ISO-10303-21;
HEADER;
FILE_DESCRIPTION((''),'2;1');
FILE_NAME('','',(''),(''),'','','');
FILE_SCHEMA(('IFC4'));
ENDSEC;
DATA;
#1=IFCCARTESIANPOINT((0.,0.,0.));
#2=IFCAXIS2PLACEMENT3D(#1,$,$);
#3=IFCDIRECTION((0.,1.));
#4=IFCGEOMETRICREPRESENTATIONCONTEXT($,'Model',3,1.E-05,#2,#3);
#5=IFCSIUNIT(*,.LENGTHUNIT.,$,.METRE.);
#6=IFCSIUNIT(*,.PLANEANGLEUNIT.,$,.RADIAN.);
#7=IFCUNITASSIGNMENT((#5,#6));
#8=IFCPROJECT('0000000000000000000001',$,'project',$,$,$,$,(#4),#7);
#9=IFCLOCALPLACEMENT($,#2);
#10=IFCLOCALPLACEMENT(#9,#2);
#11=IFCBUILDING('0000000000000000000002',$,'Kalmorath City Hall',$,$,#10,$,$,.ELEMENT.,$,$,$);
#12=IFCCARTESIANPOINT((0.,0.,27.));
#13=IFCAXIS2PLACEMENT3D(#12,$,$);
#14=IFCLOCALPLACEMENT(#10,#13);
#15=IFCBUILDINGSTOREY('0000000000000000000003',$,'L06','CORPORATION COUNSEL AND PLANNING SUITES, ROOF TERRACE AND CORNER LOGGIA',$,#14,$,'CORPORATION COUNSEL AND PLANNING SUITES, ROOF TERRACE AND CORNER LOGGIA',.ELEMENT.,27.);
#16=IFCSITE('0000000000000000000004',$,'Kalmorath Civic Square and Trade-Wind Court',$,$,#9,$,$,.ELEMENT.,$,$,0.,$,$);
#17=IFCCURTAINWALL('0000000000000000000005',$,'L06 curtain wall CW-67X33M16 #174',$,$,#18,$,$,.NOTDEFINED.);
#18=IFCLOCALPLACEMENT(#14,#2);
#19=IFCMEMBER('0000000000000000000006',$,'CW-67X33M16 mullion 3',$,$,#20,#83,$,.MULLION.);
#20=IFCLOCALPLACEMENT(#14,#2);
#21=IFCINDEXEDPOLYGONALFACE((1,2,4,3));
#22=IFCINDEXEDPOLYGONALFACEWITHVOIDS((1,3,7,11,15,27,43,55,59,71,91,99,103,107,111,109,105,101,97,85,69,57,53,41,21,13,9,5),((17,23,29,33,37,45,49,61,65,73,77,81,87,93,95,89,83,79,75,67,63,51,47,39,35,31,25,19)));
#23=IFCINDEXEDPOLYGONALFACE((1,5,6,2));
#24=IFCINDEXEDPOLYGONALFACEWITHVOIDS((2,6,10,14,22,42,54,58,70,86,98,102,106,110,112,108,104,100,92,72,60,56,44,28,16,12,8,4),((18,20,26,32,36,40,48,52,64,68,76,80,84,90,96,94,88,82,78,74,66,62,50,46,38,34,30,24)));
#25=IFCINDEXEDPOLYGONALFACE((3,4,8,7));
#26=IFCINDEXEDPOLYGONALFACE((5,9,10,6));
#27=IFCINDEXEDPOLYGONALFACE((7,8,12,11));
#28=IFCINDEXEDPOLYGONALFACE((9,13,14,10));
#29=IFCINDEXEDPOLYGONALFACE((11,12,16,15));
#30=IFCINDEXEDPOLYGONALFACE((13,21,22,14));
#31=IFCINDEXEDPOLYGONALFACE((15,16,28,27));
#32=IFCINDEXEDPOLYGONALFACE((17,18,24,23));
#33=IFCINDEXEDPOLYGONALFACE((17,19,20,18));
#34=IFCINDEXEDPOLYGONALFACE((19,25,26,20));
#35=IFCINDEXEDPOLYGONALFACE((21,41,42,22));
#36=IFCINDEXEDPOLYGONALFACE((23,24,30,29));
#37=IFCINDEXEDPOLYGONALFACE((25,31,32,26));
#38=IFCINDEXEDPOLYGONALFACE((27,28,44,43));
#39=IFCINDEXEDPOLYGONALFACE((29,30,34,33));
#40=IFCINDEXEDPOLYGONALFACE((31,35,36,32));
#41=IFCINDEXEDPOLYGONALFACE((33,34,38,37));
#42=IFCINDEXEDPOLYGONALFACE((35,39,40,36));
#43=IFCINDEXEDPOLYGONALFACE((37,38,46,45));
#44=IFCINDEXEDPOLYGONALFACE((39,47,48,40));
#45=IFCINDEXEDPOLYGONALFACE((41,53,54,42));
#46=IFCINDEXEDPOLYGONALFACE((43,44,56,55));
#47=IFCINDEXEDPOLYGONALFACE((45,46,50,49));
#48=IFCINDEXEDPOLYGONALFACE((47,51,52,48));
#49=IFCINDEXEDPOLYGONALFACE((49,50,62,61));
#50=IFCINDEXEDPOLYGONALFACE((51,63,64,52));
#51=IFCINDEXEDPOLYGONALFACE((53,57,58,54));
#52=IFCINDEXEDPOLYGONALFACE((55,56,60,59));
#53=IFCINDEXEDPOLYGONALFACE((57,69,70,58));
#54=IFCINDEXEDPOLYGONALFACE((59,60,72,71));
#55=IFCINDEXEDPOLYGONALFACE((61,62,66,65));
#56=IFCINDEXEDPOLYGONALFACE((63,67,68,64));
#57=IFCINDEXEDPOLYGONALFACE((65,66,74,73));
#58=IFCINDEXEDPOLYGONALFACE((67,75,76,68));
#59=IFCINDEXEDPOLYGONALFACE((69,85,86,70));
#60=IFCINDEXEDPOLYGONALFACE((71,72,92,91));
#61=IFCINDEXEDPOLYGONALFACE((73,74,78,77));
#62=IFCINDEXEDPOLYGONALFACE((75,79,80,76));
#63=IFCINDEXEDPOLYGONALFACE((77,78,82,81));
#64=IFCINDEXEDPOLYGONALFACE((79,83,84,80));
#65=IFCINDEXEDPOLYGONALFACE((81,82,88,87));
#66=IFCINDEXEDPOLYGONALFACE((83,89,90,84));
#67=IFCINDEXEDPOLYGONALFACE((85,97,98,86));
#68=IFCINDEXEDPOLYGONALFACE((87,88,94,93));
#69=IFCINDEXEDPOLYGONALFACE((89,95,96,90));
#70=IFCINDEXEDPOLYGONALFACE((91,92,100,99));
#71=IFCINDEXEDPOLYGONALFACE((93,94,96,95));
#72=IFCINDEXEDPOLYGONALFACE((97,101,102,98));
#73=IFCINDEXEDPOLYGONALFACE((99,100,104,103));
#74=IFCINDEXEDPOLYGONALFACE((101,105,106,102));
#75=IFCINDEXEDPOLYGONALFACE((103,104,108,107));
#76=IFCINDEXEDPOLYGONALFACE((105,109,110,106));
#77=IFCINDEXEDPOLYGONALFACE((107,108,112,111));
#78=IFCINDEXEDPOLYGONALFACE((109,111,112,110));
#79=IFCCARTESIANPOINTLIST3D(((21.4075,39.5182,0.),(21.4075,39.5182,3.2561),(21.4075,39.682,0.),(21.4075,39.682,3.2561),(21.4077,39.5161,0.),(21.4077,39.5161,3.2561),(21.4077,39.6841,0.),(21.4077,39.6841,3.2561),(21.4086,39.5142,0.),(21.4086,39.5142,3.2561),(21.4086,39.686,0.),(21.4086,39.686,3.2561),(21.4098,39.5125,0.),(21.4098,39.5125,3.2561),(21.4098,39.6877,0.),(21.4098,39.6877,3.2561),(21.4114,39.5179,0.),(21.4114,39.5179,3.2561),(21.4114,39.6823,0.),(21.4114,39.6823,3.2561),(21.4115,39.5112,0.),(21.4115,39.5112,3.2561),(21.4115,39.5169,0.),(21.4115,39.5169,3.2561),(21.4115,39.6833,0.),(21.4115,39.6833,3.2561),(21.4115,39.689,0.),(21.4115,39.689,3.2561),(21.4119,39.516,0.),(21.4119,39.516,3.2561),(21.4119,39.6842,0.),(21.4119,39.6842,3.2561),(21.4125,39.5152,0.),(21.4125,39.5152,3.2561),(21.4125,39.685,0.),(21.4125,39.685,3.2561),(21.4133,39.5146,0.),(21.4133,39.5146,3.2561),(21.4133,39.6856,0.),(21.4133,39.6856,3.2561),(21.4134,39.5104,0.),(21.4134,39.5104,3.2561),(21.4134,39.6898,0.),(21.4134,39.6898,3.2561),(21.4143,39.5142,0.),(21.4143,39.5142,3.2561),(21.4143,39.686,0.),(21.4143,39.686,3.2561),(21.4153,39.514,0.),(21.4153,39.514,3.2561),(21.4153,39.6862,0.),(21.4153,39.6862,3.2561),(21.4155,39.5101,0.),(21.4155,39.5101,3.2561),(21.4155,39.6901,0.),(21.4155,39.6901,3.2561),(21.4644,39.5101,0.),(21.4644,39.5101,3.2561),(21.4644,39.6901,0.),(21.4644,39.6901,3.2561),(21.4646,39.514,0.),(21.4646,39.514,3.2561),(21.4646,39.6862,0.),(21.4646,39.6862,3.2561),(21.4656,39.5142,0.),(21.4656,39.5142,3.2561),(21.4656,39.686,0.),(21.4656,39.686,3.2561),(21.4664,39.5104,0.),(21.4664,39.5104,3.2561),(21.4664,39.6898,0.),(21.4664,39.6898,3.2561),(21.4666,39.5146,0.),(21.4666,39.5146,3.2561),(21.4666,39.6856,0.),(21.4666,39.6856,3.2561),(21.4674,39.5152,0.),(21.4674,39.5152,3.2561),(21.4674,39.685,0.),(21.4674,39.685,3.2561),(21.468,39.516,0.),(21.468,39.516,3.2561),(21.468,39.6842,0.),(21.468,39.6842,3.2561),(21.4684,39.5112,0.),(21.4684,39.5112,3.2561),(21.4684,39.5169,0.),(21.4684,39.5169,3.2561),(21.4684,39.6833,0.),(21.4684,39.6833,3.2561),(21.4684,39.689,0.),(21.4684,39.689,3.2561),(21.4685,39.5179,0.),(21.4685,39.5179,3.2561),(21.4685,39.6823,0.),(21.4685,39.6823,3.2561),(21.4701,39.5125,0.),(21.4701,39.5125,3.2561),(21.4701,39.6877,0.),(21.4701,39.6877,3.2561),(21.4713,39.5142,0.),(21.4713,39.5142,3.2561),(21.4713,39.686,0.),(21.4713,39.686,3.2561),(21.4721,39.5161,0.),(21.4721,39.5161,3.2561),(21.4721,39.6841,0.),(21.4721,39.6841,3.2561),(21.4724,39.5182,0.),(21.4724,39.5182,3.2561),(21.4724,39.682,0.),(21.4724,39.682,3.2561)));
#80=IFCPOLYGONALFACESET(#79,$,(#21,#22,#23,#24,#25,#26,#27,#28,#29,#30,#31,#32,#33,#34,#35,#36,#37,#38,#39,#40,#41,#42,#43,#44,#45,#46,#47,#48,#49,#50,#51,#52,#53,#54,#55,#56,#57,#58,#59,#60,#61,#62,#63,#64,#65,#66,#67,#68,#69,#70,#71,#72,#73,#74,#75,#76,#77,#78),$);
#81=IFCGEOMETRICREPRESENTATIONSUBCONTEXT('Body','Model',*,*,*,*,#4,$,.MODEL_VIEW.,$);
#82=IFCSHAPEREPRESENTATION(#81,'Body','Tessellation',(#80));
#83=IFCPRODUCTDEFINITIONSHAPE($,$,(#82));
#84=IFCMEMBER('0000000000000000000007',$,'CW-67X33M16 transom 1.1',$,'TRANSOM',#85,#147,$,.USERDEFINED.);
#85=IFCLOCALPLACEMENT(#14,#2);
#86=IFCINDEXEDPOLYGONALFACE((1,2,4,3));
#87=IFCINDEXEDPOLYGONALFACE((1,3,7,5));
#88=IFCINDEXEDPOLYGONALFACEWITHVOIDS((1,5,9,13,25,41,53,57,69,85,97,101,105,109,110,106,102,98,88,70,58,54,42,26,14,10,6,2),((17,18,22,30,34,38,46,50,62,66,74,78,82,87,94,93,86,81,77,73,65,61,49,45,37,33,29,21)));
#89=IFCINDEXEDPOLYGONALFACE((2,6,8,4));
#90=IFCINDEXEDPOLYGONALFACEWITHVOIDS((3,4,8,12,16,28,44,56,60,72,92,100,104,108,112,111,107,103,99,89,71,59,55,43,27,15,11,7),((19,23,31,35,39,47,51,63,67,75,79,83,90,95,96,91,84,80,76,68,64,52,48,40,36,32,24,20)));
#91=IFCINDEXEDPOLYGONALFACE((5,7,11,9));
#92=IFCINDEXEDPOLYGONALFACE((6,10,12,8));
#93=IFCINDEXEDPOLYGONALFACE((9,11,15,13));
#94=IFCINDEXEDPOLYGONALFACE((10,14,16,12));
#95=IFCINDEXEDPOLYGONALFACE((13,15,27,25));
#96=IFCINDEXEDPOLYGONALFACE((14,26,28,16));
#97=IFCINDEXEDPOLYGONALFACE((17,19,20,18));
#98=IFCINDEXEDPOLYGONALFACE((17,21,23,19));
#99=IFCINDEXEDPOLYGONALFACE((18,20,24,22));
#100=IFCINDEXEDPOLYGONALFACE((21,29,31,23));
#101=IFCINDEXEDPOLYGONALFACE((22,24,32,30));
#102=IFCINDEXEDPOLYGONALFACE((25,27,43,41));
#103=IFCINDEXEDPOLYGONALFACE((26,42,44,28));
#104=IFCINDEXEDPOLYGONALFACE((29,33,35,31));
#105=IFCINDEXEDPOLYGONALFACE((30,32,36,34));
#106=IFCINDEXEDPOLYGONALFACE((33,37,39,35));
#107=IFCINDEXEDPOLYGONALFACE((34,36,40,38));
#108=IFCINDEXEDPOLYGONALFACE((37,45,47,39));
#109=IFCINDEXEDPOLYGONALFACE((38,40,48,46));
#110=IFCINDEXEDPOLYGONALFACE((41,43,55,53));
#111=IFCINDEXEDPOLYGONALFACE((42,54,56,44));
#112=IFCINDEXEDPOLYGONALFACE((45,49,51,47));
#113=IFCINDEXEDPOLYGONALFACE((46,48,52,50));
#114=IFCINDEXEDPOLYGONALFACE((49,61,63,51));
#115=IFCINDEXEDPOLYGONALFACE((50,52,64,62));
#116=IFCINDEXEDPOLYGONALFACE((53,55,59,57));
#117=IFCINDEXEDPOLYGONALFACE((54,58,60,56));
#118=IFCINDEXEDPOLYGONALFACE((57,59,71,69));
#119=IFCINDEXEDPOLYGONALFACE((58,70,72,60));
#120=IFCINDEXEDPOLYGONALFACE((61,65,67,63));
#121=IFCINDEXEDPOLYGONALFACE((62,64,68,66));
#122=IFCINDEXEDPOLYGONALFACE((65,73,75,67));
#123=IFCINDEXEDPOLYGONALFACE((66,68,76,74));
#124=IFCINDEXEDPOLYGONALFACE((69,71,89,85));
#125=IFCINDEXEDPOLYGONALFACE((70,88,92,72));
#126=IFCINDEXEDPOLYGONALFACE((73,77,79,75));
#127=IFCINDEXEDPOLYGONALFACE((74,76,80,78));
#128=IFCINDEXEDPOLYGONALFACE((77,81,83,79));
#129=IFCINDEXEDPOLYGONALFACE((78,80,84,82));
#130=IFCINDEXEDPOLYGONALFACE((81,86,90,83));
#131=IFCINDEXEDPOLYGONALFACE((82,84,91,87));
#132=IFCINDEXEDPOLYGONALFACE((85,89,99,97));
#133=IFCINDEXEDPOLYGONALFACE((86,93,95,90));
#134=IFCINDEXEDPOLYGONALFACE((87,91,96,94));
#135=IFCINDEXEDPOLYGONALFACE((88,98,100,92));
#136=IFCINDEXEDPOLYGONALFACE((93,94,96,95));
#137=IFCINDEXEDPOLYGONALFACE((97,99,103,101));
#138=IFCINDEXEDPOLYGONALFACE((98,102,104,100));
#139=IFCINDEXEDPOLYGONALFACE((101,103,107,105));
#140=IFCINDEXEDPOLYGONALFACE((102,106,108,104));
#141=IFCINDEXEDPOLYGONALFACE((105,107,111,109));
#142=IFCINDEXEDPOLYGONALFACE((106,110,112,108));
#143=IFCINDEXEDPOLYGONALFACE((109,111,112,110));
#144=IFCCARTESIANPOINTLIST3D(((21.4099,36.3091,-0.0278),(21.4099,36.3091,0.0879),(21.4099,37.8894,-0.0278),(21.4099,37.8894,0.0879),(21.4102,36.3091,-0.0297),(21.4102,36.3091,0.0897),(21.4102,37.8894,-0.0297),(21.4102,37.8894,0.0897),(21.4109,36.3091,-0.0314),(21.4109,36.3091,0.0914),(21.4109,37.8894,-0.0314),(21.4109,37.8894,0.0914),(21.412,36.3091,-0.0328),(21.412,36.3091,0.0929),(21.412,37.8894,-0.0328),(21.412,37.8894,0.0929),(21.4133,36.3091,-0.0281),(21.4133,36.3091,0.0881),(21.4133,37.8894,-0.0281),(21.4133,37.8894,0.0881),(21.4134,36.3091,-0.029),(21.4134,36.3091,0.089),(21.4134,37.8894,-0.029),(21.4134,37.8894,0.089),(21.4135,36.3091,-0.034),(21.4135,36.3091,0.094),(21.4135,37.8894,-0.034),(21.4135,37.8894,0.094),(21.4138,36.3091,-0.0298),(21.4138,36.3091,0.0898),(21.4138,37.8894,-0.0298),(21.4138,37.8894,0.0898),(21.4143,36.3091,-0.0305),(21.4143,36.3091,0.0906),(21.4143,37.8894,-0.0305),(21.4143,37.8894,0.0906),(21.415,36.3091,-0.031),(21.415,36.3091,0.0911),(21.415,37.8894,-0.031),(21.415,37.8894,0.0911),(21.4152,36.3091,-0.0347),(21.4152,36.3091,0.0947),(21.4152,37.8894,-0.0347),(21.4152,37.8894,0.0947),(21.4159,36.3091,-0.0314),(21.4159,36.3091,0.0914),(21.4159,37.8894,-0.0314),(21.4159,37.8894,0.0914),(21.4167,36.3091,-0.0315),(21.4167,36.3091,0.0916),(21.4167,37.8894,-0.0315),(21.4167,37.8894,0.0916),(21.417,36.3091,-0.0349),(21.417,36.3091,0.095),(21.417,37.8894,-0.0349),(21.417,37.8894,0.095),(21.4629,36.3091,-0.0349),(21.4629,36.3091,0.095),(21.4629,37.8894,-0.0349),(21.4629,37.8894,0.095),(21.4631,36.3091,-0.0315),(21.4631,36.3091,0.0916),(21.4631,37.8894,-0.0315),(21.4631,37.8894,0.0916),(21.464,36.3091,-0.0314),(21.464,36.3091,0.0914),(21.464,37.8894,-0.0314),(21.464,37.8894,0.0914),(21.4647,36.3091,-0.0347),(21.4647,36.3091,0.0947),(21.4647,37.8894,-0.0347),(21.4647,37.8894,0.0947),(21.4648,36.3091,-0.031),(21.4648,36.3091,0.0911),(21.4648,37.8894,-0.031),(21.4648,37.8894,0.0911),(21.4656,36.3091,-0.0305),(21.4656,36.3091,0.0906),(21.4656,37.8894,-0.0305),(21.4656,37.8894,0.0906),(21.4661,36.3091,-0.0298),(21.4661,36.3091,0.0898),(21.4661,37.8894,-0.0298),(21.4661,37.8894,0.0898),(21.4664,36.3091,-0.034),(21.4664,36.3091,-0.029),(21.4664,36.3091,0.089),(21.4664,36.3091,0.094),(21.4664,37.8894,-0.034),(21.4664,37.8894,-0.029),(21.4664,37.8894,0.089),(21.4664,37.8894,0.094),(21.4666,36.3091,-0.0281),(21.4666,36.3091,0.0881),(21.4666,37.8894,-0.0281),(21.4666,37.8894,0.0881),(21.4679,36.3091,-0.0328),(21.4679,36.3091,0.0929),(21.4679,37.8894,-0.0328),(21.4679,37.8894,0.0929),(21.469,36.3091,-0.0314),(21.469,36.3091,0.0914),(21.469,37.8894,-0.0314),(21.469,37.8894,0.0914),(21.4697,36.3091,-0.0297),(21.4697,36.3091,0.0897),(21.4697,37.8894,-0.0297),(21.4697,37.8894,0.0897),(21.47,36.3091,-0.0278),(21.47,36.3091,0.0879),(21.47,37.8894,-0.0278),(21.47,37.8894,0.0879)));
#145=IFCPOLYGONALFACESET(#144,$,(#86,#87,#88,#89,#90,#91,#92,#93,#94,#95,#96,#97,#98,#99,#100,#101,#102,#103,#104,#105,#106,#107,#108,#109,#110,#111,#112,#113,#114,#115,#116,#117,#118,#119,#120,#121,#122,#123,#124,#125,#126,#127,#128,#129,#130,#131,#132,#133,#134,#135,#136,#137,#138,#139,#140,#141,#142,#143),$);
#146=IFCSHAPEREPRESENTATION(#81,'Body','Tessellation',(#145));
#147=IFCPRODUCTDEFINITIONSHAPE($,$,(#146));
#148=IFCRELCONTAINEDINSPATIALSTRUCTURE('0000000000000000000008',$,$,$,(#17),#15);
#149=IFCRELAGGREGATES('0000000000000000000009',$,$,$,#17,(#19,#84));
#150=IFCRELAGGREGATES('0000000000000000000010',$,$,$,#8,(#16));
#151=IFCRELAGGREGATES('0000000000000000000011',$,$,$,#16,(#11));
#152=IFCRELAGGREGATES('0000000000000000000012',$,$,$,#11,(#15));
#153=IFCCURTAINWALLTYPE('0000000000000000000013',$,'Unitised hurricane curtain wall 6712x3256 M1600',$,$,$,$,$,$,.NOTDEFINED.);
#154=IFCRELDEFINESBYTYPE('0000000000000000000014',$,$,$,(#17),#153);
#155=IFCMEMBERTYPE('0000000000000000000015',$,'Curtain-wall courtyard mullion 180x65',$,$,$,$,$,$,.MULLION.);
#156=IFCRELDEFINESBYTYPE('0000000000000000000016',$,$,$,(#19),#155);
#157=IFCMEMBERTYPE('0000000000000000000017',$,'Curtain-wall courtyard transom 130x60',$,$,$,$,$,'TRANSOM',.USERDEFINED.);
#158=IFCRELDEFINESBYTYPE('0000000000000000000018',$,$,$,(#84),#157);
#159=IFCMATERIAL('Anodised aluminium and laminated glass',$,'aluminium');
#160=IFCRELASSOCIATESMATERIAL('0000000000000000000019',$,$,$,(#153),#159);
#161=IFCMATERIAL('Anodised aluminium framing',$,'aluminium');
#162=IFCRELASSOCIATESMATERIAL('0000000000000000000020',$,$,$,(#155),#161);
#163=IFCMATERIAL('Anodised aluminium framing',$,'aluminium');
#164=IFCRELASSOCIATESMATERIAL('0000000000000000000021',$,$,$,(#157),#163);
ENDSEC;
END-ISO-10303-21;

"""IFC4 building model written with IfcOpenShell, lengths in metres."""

from ifc_helpers import new_model, si_unit, direction, frame, origin, origin_2d, place, context, subcontext, project, spatial, hollow_rectangle, extrude, material, material_profile, profile_set, type_object, element, aggregate, save


model = new_model("IFC4")

# Units and contexts
model_context = context("Model", 3, precision=1e-05, world=origin(), true_north=direction((0.0, 1.0)))
body_context = subcontext(model_context, "Body", "Model", "MODEL_VIEW")
ifc_project = project(units=[si_unit("LENGTHUNIT", "METRE"), si_unit("PLANEANGLEUNIT", "RADIAN")], contexts=[model_context])

# Site, building, storey
site_placement = place(None, origin())
site = spatial("IfcSite", under=ifc_project, at=site_placement, Name="Kalmorath Civic Square and Trade-Wind Court", CompositionType="ELEMENT", RefElevation=0.0)
building_placement = place(site_placement, origin())
building = spatial("IfcBuilding", under=site, at=building_placement, Name="Kalmorath City Hall", CompositionType="ELEMENT")
storey_placement = place(building_placement, frame((0.0, 0.0, 27.0)))
storey = spatial("IfcBuildingStorey", under=building, at=storey_placement, Name="L06", Description="CORPORATION COUNSEL AND PLANNING SUITES, ROOF TERRACE AND CORNER LOGGIA", LongName="CORPORATION COUNSEL AND PLANNING SUITES, ROOF TERRACE AND CORNER LOGGIA", CompositionType="ELEMENT", Elevation=27.0)

# Curtain wall, members
ifc_material_1 = material(Name="Anodised aluminium and laminated glass", Category="aluminium")
curtain_wall_type = type_object("IfcCurtainWallType", Name="Unitised hurricane curtain wall 6712x3256 M1600", PredefinedType="NOTDEFINED", material=ifc_material_1)
curtain_wall_placement = place(storey_placement, origin())
curtain_wall = element("IfcCurtainWall", 1, at=curtain_wall_placement, inside=storey, type_object=curtain_wall_type, Name="L06 curtain wall CW-67X33M16 #174", PredefinedType="NOTDEFINED")
ifc_material_2 = material(Name="Anodised aluminium framing", Category="aluminium")
ifc_material_profile_1 = material_profile(ifc_material_2, hollow_rectangle(XDim=0.0649, YDim=0.1799, WallThickness=0.0039, InnerFilletRadius=0.0039, OuterFilletRadius=0.0081, at=origin_2d()), Name="ALU-MUL-180X65X4")
ifc_profile_set_1 = profile_set([ifc_material_profile_1], Name="Anodised aluminium framing")
member_type_1 = type_object("IfcMemberType", Name="Curtain-wall courtyard mullion 180x65", PredefinedType="MULLION", material=ifc_profile_set_1)
member_1_placement = place(storey_placement, frame((21.4399, 39.6001, 0.0), z_axis=(0.0, 0.0, 1.0), x_axis=(-1.0, 0.0, 0.0)))
member_1 = element("IfcMember", 2, at=member_1_placement, type_object=member_type_1, Name="CW-67X33M16 mullion 3", PredefinedType="MULLION", context=body_context, shape_type="SweptSolid", body=[
    extrude(hollow_rectangle(XDim=0.0649, YDim=0.1799, WallThickness=0.0039, InnerFilletRadius=0.0039, OuterFilletRadius=0.0081, at=origin_2d()), origin(), (0.0, 0.0, 1.0), 3.2561),
])
ifc_material_3 = material(Name="Anodised aluminium framing", Category="aluminium")
ifc_material_profile_2 = material_profile(ifc_material_3, hollow_rectangle(XDim=0.0601, YDim=0.1299, WallThickness=0.0034, InnerFilletRadius=0.0034, OuterFilletRadius=0.0071, at=origin_2d()), Name="ALU-TRN-130X60X3.5")
ifc_profile_set_2 = profile_set([ifc_material_profile_2], Name="Anodised aluminium framing")
member_type_2 = type_object("IfcMemberType", Name="Curtain-wall courtyard transom 130x60", ElementType="TRANSOM", PredefinedType="USERDEFINED", material=ifc_profile_set_2)
member_2_placement = place(storey_placement, frame((21.4399, 36.3091, 0.03), z_axis=(0.0, 1.0, 0.0), x_axis=(-1.0, 0.0, 0.0)))
member_2 = element("IfcMember", 3, at=member_2_placement, type_object=member_type_2, Name="CW-67X33M16 transom 1.1", ObjectType="TRANSOM", PredefinedType="USERDEFINED", context=body_context, shape_type="SweptSolid", body=[
    extrude(hollow_rectangle(XDim=0.0601, YDim=0.1299, WallThickness=0.0034, InnerFilletRadius=0.0034, OuterFilletRadius=0.0071, at=origin_2d()), origin(), (0.0, 0.0, 1.0), 1.5803),
])

aggregate(curtain_wall, [member_1, member_2])

save(model, "model.ifc")
